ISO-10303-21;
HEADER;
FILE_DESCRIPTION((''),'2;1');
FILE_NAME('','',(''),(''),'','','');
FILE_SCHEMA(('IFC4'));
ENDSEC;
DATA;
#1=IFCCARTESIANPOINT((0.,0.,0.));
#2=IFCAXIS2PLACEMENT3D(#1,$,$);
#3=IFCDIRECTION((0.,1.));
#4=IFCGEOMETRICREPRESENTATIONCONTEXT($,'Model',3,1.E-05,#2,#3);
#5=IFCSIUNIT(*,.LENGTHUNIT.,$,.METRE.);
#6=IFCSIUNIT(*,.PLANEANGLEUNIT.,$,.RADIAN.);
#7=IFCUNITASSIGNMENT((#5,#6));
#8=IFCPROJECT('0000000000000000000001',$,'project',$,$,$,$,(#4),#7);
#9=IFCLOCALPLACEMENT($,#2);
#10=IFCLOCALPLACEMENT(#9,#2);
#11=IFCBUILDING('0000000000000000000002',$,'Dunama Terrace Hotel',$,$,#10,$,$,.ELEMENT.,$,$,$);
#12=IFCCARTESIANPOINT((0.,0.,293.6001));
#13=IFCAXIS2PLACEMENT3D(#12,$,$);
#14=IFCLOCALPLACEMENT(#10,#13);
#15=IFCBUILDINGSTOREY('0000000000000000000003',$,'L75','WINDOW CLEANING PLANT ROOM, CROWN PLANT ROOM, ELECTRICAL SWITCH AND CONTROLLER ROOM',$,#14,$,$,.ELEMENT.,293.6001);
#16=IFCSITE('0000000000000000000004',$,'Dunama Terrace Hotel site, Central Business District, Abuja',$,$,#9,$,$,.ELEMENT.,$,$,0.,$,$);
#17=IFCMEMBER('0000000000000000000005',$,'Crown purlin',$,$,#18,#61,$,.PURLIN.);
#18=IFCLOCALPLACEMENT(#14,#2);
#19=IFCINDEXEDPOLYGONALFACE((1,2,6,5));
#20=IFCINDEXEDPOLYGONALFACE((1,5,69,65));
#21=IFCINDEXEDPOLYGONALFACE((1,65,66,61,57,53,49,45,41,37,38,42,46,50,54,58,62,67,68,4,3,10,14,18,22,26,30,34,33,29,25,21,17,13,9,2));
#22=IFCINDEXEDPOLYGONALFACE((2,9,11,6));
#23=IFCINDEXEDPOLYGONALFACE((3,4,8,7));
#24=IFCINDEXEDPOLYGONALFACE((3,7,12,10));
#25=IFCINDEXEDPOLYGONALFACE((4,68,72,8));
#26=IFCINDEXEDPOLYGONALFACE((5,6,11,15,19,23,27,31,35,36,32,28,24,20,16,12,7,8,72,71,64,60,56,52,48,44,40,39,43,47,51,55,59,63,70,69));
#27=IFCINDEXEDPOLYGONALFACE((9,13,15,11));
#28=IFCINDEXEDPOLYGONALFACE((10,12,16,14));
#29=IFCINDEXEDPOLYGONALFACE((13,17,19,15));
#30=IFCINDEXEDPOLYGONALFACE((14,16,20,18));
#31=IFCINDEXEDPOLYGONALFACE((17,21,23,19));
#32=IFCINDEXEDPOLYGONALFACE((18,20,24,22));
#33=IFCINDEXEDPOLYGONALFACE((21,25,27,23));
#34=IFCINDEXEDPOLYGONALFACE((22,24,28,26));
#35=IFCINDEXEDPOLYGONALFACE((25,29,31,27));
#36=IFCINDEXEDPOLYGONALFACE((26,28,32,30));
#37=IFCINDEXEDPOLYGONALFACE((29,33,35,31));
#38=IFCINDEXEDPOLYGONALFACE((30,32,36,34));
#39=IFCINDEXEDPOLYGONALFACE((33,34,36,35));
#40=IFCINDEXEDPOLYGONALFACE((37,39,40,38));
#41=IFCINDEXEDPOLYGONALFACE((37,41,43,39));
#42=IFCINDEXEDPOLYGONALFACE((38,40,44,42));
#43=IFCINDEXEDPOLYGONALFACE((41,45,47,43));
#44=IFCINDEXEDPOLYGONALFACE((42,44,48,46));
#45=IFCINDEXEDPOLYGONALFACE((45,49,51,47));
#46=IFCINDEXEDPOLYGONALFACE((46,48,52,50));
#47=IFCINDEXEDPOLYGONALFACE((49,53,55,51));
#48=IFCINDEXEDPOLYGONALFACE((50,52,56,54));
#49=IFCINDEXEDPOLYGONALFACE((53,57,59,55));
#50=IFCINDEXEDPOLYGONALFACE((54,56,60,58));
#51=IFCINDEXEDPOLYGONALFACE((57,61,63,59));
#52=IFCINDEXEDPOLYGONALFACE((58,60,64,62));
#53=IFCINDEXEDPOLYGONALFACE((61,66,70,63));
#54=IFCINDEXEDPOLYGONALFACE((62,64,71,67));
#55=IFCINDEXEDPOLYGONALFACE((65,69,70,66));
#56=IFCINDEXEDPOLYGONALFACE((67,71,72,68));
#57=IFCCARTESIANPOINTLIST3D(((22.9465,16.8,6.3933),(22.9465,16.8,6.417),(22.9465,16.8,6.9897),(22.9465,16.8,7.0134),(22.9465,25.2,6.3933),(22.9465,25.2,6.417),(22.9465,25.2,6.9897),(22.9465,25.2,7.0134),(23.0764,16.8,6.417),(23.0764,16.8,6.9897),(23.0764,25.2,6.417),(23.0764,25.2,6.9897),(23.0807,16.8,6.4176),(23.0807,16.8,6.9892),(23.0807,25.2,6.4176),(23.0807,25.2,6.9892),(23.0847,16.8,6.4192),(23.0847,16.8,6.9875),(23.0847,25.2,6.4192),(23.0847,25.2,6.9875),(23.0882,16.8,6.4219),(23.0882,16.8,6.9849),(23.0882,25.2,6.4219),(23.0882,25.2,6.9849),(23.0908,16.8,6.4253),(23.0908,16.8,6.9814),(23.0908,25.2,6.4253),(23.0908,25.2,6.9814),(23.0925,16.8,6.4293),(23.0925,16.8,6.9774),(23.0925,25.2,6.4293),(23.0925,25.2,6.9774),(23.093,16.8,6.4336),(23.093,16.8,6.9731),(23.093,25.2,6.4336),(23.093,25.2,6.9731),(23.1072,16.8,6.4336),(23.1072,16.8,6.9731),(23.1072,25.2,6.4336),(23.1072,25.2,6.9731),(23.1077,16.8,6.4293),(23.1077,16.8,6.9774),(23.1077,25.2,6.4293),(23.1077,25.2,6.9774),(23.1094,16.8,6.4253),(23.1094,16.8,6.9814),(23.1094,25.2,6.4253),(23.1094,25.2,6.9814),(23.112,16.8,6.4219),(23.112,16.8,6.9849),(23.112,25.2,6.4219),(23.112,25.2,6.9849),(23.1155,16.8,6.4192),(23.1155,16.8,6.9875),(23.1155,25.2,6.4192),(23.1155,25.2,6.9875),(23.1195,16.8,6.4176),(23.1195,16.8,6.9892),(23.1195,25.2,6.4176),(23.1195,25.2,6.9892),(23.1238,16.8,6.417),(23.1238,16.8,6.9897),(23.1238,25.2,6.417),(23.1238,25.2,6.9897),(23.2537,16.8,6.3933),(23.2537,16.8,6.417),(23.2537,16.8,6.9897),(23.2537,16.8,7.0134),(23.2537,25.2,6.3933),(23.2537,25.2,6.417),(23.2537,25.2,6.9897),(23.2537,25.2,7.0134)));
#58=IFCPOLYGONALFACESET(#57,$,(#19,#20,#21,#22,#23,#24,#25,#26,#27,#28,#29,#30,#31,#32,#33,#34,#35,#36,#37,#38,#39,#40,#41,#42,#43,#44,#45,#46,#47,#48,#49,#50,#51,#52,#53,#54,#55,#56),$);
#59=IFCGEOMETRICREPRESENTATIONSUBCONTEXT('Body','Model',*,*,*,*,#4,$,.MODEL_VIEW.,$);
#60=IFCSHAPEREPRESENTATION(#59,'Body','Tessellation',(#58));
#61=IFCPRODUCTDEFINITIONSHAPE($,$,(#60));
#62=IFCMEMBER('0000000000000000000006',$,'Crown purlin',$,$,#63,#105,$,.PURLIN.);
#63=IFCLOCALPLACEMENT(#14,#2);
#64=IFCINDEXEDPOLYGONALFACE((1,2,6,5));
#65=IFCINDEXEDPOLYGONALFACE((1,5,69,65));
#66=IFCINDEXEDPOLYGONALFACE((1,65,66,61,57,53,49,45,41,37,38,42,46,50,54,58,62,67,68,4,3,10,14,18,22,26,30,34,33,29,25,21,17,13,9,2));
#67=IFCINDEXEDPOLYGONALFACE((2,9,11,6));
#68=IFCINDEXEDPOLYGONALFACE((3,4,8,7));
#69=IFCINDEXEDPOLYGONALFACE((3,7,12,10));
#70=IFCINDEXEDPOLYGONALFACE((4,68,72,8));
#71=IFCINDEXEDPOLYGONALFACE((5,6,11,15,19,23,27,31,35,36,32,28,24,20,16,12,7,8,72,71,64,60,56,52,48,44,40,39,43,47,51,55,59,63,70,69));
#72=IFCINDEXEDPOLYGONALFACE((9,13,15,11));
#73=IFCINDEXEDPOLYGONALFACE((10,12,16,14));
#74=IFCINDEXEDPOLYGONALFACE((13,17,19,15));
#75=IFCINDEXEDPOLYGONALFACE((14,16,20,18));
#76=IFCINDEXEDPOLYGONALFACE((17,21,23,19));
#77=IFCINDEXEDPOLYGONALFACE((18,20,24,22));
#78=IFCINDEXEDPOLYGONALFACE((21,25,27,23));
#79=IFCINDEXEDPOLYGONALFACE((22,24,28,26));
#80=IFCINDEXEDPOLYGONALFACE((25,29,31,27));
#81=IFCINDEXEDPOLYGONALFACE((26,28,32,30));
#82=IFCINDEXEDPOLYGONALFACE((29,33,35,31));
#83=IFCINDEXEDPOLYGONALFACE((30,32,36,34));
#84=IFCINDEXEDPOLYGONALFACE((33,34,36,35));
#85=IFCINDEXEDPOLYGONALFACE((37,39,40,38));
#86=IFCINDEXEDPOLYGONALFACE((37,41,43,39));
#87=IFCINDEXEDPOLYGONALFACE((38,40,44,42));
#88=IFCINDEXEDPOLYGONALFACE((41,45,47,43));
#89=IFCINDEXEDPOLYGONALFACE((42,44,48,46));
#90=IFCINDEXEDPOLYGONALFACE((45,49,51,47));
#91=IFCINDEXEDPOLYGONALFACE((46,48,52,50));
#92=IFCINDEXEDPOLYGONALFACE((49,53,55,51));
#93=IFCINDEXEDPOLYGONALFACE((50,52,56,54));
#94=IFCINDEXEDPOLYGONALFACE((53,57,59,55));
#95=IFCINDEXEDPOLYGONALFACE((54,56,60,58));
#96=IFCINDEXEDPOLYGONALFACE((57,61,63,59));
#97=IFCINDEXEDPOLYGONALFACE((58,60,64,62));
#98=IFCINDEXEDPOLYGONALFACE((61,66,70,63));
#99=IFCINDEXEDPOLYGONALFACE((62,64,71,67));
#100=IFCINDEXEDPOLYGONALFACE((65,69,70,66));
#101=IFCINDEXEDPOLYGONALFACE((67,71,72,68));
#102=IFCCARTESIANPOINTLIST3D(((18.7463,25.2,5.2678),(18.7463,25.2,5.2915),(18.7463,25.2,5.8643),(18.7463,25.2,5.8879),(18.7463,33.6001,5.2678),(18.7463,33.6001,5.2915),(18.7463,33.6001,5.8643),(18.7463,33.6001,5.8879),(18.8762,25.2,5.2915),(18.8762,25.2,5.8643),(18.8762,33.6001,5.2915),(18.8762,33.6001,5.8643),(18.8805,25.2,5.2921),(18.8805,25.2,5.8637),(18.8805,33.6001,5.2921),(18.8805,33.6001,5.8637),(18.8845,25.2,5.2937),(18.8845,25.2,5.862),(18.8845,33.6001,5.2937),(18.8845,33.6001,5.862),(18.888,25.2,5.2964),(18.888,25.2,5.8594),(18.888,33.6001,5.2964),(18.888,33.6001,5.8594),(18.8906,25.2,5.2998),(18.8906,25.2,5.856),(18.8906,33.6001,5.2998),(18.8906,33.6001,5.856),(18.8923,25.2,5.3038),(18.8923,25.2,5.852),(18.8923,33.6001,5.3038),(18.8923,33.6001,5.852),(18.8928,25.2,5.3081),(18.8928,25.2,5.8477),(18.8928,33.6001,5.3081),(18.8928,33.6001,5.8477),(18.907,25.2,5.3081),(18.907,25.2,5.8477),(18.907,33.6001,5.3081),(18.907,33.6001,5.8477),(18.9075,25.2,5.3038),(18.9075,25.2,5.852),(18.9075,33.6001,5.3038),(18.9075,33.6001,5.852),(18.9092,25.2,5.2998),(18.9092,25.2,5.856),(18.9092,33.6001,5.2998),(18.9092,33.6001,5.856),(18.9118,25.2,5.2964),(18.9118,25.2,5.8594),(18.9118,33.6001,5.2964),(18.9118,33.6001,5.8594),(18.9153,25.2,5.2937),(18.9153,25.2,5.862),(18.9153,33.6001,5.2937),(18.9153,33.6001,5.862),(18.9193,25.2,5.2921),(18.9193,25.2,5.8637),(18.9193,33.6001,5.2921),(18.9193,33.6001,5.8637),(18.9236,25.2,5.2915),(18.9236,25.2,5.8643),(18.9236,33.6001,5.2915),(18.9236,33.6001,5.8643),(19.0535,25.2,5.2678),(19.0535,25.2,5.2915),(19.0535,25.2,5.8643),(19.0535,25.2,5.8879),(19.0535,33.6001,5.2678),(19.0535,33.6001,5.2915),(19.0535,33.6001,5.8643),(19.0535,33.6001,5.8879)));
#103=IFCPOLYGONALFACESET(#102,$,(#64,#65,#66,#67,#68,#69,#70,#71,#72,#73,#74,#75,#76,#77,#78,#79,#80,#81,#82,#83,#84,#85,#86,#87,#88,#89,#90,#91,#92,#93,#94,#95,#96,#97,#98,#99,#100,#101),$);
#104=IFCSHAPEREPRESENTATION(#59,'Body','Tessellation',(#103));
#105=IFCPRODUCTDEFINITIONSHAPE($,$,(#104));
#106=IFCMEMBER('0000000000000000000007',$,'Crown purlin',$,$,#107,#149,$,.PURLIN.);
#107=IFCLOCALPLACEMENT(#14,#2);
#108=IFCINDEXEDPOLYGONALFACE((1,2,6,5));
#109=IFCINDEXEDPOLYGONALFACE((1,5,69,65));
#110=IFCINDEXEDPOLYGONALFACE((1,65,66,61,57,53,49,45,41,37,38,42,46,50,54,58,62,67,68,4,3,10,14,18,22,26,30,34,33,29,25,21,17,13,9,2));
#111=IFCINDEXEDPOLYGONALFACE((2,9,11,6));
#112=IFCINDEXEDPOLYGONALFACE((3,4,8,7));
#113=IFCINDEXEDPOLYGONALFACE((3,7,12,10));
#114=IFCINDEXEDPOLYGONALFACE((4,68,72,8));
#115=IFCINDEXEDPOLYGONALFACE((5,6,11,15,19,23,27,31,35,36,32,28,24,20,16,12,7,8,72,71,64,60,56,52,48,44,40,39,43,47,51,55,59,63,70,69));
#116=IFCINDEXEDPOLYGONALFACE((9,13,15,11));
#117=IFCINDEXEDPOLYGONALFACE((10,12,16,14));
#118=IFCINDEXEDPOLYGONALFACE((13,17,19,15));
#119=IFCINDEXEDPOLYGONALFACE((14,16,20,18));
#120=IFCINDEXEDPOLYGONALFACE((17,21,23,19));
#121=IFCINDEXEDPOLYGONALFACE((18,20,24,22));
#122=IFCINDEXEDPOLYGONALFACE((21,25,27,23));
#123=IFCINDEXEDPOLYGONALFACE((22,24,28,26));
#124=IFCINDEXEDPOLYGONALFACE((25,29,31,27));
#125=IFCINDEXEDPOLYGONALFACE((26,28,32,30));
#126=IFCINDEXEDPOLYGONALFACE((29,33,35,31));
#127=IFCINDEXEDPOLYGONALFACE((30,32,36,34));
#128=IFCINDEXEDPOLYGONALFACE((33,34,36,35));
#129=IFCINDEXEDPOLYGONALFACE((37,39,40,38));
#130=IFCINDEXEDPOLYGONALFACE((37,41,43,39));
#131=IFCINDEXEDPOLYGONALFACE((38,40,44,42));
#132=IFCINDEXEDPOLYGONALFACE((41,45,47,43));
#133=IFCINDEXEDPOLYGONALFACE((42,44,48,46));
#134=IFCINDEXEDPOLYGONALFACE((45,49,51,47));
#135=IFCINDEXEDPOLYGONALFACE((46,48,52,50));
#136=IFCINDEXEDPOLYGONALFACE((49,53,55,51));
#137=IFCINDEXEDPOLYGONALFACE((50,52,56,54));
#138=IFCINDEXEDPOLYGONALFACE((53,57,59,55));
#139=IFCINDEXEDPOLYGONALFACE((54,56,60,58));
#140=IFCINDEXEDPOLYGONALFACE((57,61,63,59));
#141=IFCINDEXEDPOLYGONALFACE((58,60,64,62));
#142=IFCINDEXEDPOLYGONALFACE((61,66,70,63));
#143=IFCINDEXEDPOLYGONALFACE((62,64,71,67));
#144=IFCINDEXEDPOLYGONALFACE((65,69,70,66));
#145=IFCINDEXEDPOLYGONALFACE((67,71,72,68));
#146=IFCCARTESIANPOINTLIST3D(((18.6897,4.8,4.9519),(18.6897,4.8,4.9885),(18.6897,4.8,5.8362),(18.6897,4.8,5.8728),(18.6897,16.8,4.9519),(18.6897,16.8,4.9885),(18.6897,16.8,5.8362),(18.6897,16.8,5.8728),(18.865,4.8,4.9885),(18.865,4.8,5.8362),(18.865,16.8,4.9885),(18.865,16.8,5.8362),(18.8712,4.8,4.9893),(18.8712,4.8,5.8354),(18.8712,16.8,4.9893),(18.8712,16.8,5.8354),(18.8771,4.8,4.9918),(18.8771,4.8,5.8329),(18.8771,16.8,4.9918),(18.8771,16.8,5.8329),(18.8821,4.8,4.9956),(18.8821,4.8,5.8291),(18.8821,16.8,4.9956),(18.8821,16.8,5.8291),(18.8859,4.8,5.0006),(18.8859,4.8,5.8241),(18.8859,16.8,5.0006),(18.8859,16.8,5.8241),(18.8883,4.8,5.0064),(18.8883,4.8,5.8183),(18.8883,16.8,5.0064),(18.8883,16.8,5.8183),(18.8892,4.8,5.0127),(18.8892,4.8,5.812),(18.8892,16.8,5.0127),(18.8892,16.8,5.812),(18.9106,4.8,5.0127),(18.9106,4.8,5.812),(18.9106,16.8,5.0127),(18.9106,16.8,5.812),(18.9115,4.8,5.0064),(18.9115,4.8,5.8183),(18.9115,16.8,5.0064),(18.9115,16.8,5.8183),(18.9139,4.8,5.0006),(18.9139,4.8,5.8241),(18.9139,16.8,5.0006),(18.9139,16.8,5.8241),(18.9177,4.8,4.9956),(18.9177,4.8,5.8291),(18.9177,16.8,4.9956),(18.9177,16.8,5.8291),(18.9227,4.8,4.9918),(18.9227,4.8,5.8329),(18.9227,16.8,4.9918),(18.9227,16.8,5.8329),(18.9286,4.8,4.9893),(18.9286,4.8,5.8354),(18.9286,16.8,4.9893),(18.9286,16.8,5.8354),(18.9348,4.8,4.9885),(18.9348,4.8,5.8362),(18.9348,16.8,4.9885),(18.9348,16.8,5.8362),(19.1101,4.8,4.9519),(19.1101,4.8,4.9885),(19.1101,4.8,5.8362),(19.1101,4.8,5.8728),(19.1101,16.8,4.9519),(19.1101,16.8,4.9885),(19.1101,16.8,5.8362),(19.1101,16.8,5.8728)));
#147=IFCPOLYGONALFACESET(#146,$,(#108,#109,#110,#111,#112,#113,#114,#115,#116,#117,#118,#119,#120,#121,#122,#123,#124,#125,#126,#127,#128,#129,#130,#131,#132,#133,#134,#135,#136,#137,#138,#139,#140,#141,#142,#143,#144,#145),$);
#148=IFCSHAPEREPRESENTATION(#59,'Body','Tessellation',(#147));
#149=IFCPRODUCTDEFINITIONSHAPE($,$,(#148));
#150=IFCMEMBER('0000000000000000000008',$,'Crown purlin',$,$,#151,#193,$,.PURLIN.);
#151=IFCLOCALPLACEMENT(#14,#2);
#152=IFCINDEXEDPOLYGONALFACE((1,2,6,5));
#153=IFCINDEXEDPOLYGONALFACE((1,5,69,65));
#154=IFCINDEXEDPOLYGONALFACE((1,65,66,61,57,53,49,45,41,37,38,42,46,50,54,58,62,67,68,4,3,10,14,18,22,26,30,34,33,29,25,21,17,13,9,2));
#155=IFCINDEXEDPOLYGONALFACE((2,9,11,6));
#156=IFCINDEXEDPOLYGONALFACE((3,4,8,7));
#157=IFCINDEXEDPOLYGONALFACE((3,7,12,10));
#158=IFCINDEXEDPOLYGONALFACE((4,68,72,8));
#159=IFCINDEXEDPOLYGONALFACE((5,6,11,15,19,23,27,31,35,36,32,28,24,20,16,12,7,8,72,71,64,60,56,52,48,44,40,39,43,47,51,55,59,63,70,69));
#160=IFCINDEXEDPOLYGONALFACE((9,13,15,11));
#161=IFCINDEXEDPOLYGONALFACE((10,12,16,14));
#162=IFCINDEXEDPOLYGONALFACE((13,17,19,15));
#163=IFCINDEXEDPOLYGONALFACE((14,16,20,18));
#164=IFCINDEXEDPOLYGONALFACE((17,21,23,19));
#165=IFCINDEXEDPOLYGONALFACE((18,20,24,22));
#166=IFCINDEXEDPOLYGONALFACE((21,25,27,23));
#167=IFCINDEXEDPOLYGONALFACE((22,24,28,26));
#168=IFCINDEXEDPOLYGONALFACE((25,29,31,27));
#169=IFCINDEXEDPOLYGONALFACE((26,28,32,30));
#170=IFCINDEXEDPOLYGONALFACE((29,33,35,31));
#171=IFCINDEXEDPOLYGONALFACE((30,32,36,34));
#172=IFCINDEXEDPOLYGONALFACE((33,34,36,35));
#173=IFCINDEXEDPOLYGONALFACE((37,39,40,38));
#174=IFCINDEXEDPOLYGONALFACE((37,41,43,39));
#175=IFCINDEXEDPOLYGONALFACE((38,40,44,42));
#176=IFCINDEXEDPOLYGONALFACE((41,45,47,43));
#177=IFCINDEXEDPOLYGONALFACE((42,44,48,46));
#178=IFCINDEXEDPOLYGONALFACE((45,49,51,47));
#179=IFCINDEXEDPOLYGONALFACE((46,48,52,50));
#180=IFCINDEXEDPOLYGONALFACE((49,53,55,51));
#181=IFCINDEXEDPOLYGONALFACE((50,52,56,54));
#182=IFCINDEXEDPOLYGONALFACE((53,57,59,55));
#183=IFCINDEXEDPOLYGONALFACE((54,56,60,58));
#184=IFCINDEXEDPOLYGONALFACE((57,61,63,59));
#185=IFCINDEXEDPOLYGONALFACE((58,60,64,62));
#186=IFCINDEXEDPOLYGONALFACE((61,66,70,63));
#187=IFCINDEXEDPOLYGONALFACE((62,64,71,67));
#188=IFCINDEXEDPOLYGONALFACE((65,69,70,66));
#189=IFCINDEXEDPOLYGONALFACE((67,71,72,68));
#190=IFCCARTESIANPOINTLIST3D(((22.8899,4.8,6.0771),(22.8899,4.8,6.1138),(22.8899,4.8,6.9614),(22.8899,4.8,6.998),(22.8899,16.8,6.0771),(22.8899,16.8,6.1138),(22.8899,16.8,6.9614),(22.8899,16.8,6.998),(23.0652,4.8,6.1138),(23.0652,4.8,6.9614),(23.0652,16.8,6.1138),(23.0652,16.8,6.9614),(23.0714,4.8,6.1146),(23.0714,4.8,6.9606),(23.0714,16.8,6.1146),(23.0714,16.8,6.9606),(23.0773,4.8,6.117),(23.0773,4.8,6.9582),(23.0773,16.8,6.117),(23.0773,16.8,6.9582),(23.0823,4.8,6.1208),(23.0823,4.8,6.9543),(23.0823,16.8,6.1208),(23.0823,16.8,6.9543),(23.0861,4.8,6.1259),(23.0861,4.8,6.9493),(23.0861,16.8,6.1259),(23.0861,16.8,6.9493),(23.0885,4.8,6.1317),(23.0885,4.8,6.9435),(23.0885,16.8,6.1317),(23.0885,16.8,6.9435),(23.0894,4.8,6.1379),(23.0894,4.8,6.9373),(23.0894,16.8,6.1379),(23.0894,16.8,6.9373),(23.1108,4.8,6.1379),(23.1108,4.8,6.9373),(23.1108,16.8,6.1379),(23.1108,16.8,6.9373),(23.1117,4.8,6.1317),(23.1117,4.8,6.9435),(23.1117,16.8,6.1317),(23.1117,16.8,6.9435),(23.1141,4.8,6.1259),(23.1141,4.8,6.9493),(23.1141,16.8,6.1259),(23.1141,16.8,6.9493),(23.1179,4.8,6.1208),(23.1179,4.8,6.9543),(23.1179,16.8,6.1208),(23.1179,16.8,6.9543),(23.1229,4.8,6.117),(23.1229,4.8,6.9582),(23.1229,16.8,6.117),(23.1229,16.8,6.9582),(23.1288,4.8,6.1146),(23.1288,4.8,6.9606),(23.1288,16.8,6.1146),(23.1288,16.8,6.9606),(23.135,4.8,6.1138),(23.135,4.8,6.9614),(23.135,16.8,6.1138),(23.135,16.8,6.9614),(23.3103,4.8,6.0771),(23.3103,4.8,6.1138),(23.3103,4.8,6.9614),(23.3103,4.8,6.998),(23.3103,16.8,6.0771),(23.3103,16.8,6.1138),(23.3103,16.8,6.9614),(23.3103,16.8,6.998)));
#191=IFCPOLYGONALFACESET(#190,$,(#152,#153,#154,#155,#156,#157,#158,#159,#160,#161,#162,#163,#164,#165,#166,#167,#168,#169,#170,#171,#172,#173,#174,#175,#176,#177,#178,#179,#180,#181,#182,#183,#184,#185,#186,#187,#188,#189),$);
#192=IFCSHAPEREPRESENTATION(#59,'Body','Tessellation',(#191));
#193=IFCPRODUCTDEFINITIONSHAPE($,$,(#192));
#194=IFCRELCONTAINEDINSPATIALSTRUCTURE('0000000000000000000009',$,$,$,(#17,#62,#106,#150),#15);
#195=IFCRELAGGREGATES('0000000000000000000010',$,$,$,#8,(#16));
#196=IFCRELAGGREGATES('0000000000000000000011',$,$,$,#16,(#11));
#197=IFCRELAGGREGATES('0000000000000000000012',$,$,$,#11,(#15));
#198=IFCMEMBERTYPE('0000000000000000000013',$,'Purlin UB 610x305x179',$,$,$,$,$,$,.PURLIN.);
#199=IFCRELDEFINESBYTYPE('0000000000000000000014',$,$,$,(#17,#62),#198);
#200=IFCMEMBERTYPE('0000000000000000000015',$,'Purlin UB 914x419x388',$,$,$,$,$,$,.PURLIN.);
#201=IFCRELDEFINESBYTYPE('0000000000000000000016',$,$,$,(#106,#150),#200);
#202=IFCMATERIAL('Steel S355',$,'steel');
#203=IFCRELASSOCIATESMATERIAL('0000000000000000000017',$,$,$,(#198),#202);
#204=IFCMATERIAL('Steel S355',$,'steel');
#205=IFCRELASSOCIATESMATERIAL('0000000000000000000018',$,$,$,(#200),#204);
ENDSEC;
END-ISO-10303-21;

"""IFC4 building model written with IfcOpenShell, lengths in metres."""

from ifc_helpers import new_model, si_unit, direction, frame, origin, origin_2d, place, context, subcontext, project, spatial, i_section, extrude, material, material_profile, profile_set, type_object, element, save


model = new_model("IFC4")

# Units and contexts
model_context = context("Model", 3, precision=1e-05, world=origin(), true_north=direction((0.0, 1.0)))
body_context = subcontext(model_context, "Body", "Model", "MODEL_VIEW")
ifc_project = project(units=[si_unit("LENGTHUNIT", "METRE"), si_unit("PLANEANGLEUNIT", "RADIAN")], contexts=[model_context])

# Site, building, storey
site_placement = place(None, origin())
site = spatial("IfcSite", under=ifc_project, at=site_placement, Name="Dunama Terrace Hotel site, Central Business District, Abuja", CompositionType="ELEMENT", RefElevation=0.0)
building_placement = place(site_placement, origin())
building = spatial("IfcBuilding", under=site, at=building_placement, Name="Dunama Terrace Hotel", CompositionType="ELEMENT")
storey_placement = place(building_placement, frame((0.0, 0.0, 293.6001)))
storey = spatial("IfcBuildingStorey", under=building, at=storey_placement, Name="L75", Description="WINDOW CLEANING PLANT ROOM, CROWN PLANT ROOM, ELECTRICAL SWITCH AND CONTROLLER ROOM", CompositionType="ELEMENT", Elevation=293.6001)

# Members
ifc_material_1 = material(Name="Steel S355", Category="steel")
ifc_material_profile_1 = material_profile(ifc_material_1, i_section(OverallWidth=0.3071, OverallDepth=0.6201, WebThickness=0.0142, FlangeThickness=0.0237, FilletRadius=0.0166, at=origin_2d()), Name="UB 610x305x179")
ifc_profile_set_1 = profile_set([ifc_material_profile_1], Name="Steel S355")
member_type_1 = type_object("IfcMemberType", Name="Purlin UB 610x305x179", PredefinedType="PURLIN", material=ifc_profile_set_1)
for number, where, z_axis, x_axis, name in (
    (1, (23.1001, 16.8, 6.7034), (0.0, 1.0, 0.0), (-1.0, 0.0, 0.0), "Crown purlin"),
):
    element("IfcMember", number, at=place(storey_placement, frame(where, z_axis=z_axis, x_axis=x_axis)), inside=storey, type_object=member_type_1, Name=name, PredefinedType="PURLIN", context=body_context, shape_type="SweptSolid", body=[
        extrude(i_section(OverallWidth=0.3071, OverallDepth=0.6201, WebThickness=0.0142, FlangeThickness=0.0237, FilletRadius=0.0166, at=origin_2d()), origin(), (0.0, 0.0, 1.0), 8.3999),
    ])
member_placement = place(storey_placement, frame((18.8999, 25.2, 5.5779), z_axis=(0.0, 1.0, 0.0), x_axis=(-1.0, 0.0, 0.0)))
element("IfcMember", 2, at=member_placement, inside=storey, type_object=member_type_1, Name="Crown purlin", PredefinedType="PURLIN", context=body_context, shape_type="SweptSolid", body=[
    extrude(i_section(OverallWidth=0.3071, OverallDepth=0.6201, WebThickness=0.0142, FlangeThickness=0.0237, FilletRadius=0.0166, at=origin_2d()), origin(), (0.0, 0.0, 1.0), 8.4001),
])
ifc_material_2 = material(Name="Steel S355", Category="steel")
ifc_material_profile_2 = material_profile(ifc_material_2, i_section(OverallWidth=0.4204, OverallDepth=0.9209, WebThickness=0.0215, FlangeThickness=0.0366, FilletRadius=0.0242, at=origin_2d()), Name="UB 914x419x388")
ifc_profile_set_2 = profile_set([ifc_material_profile_2], Name="Steel S355")
member_type_2 = type_object("IfcMemberType", Name="Purlin UB 914x419x388", PredefinedType="PURLIN", material=ifc_profile_set_2)
for number, where, z_axis, x_axis, name in (
    (3, (18.8999, 4.8, 5.4124), (0.0, 1.0, 0.0), (-1.0, 0.0, 0.0), "Crown purlin"),
    (4, (23.1001, 4.8, 6.5376), (0.0, 1.0, 0.0), (-1.0, 0.0, 0.0), "Crown purlin"),
):
    element("IfcMember", number, at=place(storey_placement, frame(where, z_axis=z_axis, x_axis=x_axis)), inside=storey, type_object=member_type_2, Name=name, PredefinedType="PURLIN", context=body_context, shape_type="SweptSolid", body=[
        extrude(i_section(OverallWidth=0.4204, OverallDepth=0.9209, WebThickness=0.0215, FlangeThickness=0.0366, FilletRadius=0.0242, at=origin_2d()), origin(), (0.0, 0.0, 1.0), 12.0),
    ])

save(model, "model.ifc")
